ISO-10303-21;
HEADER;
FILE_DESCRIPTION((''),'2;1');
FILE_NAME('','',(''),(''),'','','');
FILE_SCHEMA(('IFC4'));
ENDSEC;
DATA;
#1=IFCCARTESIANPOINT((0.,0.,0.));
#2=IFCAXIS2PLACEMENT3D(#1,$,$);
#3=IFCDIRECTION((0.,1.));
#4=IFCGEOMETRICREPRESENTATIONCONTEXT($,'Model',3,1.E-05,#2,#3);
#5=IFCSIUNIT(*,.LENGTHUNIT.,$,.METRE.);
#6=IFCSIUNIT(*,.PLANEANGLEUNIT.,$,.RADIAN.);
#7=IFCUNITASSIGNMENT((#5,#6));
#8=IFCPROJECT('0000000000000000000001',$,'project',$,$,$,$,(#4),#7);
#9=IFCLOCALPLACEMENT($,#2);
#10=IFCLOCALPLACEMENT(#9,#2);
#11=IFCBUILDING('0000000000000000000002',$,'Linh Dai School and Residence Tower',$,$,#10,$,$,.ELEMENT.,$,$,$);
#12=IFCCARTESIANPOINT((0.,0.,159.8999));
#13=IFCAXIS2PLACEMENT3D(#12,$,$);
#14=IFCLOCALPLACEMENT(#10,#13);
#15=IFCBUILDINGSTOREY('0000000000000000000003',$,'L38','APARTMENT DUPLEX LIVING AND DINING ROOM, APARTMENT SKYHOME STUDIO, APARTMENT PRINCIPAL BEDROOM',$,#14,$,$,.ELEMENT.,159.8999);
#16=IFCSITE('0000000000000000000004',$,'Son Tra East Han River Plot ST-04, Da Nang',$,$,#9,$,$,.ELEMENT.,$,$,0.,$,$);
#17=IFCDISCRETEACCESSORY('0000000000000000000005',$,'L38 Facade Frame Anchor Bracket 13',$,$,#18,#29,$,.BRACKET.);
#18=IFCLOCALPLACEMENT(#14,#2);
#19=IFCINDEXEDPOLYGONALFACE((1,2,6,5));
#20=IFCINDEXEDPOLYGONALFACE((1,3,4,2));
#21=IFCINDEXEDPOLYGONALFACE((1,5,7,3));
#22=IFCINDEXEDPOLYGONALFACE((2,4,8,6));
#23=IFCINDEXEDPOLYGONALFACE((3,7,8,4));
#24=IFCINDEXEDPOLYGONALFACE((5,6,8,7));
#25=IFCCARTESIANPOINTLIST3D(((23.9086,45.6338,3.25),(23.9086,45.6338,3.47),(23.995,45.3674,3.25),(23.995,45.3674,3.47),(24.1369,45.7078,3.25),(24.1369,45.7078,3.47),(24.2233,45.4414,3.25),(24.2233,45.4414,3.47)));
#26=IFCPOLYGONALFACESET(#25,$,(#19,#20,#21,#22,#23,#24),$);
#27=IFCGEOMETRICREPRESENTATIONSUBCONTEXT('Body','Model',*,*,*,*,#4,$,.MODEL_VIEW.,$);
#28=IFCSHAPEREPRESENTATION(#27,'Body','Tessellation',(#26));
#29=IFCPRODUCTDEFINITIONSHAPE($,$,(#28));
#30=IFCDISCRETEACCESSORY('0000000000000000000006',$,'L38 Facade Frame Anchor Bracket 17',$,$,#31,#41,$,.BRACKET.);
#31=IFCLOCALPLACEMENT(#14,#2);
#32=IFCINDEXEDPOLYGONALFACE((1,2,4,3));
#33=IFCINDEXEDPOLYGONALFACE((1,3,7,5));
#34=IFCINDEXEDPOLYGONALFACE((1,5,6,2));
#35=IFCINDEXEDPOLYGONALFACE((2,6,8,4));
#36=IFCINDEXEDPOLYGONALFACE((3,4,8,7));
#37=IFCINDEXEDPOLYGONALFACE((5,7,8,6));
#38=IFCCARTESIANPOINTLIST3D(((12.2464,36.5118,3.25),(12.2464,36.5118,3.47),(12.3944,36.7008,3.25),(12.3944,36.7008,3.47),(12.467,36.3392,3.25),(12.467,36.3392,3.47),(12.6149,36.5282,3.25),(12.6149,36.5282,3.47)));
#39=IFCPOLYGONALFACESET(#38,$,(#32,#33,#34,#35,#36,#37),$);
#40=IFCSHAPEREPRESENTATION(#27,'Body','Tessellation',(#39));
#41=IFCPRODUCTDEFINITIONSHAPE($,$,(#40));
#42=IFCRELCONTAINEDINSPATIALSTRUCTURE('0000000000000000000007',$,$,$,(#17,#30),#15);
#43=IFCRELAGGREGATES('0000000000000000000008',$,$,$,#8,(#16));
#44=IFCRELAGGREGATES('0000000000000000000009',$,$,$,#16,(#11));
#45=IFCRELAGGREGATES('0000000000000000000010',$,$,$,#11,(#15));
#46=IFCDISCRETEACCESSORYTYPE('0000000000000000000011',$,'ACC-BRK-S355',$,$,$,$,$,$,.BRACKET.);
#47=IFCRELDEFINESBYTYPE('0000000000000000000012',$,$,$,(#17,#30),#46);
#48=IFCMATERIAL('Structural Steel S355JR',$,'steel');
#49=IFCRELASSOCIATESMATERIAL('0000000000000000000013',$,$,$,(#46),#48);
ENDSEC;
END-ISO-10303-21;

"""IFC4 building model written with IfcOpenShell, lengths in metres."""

from ifc_helpers import new_model, si_unit, direction, frame, origin, origin_2d, place, context, subcontext, project, spatial, rectangle, extrude, source, transform, mapped, material, type_object, element, save


model = new_model("IFC4")

# Units and contexts
model_context = context("Model", 3, precision=1e-05, world=origin(), true_north=direction((0.0, 1.0)))
body_context = subcontext(model_context, "Body", "Model", "MODEL_VIEW")
ifc_project = project(units=[si_unit("LENGTHUNIT", "METRE"), si_unit("PLANEANGLEUNIT", "RADIAN")], contexts=[model_context])

# Site, building, storey
site_placement = place(None, origin())
site = spatial("IfcSite", under=ifc_project, at=site_placement, Name="Son Tra East Han River Plot ST-04, Da Nang", CompositionType="ELEMENT", RefElevation=0.0)
building_placement = place(site_placement, origin())
building = spatial("IfcBuilding", under=site, at=building_placement, Name="Linh Dai School and Residence Tower", CompositionType="ELEMENT")
storey_placement = place(building_placement, frame((0.0, 0.0, 159.8999)))
storey = spatial("IfcBuildingStorey", under=building, at=storey_placement, Name="L38", Description="APARTMENT DUPLEX LIVING AND DINING ROOM, APARTMENT SKYHOME STUDIO, APARTMENT PRINCIPAL BEDROOM", CompositionType="ELEMENT", Elevation=159.8999)

# Shared definitions
ifc_material_1 = material(Name="Structural Steel S355JR", Category="steel")

# Discrete accessories
discrete_accessory_type = type_object("IfcDiscreteAccessoryType", Name="ACC-BRK-S355", PredefinedType="BRACKET", material=ifc_material_1)
shared_shape_1 = source(origin(), body_context, "Body", "SweptSolid", [
    extrude(rectangle(XDim=0.28, YDim=0.24, at=origin_2d()), origin(), (0.0, 0.0, 1.0), 0.22),
])
for number, where, z_axis, x_axis, name in (
    (1, (24.0659, 45.5376, 3.25), (0.0, 0.0, 1.0), (-0.308536, 0.951213, 0.0), "L38 Facade Frame Anchor Bracket 13"),
    (2, (12.4307, 36.52, 3.25), (0.0, 0.0, 1.0), (-0.787522, 0.616286, 0.0), "L38 Facade Frame Anchor Bracket 17"),
):
    element("IfcDiscreteAccessory", number, at=place(storey_placement, frame(where, z_axis=z_axis, x_axis=x_axis)), inside=storey, type_object=discrete_accessory_type, Name=name, PredefinedType="BRACKET", context=body_context, shape_type="MappedRepresentation", body=[
        mapped(shared_shape_1, transform((0.0, 0.0, 0.0), x_axis=(1.0, 0.0, 0.0), y_axis=(0.0, 1.0, 0.0), z_axis=(0.0, 0.0, 1.0), scale=1.0)),
    ])

save(model, "model.ifc")
